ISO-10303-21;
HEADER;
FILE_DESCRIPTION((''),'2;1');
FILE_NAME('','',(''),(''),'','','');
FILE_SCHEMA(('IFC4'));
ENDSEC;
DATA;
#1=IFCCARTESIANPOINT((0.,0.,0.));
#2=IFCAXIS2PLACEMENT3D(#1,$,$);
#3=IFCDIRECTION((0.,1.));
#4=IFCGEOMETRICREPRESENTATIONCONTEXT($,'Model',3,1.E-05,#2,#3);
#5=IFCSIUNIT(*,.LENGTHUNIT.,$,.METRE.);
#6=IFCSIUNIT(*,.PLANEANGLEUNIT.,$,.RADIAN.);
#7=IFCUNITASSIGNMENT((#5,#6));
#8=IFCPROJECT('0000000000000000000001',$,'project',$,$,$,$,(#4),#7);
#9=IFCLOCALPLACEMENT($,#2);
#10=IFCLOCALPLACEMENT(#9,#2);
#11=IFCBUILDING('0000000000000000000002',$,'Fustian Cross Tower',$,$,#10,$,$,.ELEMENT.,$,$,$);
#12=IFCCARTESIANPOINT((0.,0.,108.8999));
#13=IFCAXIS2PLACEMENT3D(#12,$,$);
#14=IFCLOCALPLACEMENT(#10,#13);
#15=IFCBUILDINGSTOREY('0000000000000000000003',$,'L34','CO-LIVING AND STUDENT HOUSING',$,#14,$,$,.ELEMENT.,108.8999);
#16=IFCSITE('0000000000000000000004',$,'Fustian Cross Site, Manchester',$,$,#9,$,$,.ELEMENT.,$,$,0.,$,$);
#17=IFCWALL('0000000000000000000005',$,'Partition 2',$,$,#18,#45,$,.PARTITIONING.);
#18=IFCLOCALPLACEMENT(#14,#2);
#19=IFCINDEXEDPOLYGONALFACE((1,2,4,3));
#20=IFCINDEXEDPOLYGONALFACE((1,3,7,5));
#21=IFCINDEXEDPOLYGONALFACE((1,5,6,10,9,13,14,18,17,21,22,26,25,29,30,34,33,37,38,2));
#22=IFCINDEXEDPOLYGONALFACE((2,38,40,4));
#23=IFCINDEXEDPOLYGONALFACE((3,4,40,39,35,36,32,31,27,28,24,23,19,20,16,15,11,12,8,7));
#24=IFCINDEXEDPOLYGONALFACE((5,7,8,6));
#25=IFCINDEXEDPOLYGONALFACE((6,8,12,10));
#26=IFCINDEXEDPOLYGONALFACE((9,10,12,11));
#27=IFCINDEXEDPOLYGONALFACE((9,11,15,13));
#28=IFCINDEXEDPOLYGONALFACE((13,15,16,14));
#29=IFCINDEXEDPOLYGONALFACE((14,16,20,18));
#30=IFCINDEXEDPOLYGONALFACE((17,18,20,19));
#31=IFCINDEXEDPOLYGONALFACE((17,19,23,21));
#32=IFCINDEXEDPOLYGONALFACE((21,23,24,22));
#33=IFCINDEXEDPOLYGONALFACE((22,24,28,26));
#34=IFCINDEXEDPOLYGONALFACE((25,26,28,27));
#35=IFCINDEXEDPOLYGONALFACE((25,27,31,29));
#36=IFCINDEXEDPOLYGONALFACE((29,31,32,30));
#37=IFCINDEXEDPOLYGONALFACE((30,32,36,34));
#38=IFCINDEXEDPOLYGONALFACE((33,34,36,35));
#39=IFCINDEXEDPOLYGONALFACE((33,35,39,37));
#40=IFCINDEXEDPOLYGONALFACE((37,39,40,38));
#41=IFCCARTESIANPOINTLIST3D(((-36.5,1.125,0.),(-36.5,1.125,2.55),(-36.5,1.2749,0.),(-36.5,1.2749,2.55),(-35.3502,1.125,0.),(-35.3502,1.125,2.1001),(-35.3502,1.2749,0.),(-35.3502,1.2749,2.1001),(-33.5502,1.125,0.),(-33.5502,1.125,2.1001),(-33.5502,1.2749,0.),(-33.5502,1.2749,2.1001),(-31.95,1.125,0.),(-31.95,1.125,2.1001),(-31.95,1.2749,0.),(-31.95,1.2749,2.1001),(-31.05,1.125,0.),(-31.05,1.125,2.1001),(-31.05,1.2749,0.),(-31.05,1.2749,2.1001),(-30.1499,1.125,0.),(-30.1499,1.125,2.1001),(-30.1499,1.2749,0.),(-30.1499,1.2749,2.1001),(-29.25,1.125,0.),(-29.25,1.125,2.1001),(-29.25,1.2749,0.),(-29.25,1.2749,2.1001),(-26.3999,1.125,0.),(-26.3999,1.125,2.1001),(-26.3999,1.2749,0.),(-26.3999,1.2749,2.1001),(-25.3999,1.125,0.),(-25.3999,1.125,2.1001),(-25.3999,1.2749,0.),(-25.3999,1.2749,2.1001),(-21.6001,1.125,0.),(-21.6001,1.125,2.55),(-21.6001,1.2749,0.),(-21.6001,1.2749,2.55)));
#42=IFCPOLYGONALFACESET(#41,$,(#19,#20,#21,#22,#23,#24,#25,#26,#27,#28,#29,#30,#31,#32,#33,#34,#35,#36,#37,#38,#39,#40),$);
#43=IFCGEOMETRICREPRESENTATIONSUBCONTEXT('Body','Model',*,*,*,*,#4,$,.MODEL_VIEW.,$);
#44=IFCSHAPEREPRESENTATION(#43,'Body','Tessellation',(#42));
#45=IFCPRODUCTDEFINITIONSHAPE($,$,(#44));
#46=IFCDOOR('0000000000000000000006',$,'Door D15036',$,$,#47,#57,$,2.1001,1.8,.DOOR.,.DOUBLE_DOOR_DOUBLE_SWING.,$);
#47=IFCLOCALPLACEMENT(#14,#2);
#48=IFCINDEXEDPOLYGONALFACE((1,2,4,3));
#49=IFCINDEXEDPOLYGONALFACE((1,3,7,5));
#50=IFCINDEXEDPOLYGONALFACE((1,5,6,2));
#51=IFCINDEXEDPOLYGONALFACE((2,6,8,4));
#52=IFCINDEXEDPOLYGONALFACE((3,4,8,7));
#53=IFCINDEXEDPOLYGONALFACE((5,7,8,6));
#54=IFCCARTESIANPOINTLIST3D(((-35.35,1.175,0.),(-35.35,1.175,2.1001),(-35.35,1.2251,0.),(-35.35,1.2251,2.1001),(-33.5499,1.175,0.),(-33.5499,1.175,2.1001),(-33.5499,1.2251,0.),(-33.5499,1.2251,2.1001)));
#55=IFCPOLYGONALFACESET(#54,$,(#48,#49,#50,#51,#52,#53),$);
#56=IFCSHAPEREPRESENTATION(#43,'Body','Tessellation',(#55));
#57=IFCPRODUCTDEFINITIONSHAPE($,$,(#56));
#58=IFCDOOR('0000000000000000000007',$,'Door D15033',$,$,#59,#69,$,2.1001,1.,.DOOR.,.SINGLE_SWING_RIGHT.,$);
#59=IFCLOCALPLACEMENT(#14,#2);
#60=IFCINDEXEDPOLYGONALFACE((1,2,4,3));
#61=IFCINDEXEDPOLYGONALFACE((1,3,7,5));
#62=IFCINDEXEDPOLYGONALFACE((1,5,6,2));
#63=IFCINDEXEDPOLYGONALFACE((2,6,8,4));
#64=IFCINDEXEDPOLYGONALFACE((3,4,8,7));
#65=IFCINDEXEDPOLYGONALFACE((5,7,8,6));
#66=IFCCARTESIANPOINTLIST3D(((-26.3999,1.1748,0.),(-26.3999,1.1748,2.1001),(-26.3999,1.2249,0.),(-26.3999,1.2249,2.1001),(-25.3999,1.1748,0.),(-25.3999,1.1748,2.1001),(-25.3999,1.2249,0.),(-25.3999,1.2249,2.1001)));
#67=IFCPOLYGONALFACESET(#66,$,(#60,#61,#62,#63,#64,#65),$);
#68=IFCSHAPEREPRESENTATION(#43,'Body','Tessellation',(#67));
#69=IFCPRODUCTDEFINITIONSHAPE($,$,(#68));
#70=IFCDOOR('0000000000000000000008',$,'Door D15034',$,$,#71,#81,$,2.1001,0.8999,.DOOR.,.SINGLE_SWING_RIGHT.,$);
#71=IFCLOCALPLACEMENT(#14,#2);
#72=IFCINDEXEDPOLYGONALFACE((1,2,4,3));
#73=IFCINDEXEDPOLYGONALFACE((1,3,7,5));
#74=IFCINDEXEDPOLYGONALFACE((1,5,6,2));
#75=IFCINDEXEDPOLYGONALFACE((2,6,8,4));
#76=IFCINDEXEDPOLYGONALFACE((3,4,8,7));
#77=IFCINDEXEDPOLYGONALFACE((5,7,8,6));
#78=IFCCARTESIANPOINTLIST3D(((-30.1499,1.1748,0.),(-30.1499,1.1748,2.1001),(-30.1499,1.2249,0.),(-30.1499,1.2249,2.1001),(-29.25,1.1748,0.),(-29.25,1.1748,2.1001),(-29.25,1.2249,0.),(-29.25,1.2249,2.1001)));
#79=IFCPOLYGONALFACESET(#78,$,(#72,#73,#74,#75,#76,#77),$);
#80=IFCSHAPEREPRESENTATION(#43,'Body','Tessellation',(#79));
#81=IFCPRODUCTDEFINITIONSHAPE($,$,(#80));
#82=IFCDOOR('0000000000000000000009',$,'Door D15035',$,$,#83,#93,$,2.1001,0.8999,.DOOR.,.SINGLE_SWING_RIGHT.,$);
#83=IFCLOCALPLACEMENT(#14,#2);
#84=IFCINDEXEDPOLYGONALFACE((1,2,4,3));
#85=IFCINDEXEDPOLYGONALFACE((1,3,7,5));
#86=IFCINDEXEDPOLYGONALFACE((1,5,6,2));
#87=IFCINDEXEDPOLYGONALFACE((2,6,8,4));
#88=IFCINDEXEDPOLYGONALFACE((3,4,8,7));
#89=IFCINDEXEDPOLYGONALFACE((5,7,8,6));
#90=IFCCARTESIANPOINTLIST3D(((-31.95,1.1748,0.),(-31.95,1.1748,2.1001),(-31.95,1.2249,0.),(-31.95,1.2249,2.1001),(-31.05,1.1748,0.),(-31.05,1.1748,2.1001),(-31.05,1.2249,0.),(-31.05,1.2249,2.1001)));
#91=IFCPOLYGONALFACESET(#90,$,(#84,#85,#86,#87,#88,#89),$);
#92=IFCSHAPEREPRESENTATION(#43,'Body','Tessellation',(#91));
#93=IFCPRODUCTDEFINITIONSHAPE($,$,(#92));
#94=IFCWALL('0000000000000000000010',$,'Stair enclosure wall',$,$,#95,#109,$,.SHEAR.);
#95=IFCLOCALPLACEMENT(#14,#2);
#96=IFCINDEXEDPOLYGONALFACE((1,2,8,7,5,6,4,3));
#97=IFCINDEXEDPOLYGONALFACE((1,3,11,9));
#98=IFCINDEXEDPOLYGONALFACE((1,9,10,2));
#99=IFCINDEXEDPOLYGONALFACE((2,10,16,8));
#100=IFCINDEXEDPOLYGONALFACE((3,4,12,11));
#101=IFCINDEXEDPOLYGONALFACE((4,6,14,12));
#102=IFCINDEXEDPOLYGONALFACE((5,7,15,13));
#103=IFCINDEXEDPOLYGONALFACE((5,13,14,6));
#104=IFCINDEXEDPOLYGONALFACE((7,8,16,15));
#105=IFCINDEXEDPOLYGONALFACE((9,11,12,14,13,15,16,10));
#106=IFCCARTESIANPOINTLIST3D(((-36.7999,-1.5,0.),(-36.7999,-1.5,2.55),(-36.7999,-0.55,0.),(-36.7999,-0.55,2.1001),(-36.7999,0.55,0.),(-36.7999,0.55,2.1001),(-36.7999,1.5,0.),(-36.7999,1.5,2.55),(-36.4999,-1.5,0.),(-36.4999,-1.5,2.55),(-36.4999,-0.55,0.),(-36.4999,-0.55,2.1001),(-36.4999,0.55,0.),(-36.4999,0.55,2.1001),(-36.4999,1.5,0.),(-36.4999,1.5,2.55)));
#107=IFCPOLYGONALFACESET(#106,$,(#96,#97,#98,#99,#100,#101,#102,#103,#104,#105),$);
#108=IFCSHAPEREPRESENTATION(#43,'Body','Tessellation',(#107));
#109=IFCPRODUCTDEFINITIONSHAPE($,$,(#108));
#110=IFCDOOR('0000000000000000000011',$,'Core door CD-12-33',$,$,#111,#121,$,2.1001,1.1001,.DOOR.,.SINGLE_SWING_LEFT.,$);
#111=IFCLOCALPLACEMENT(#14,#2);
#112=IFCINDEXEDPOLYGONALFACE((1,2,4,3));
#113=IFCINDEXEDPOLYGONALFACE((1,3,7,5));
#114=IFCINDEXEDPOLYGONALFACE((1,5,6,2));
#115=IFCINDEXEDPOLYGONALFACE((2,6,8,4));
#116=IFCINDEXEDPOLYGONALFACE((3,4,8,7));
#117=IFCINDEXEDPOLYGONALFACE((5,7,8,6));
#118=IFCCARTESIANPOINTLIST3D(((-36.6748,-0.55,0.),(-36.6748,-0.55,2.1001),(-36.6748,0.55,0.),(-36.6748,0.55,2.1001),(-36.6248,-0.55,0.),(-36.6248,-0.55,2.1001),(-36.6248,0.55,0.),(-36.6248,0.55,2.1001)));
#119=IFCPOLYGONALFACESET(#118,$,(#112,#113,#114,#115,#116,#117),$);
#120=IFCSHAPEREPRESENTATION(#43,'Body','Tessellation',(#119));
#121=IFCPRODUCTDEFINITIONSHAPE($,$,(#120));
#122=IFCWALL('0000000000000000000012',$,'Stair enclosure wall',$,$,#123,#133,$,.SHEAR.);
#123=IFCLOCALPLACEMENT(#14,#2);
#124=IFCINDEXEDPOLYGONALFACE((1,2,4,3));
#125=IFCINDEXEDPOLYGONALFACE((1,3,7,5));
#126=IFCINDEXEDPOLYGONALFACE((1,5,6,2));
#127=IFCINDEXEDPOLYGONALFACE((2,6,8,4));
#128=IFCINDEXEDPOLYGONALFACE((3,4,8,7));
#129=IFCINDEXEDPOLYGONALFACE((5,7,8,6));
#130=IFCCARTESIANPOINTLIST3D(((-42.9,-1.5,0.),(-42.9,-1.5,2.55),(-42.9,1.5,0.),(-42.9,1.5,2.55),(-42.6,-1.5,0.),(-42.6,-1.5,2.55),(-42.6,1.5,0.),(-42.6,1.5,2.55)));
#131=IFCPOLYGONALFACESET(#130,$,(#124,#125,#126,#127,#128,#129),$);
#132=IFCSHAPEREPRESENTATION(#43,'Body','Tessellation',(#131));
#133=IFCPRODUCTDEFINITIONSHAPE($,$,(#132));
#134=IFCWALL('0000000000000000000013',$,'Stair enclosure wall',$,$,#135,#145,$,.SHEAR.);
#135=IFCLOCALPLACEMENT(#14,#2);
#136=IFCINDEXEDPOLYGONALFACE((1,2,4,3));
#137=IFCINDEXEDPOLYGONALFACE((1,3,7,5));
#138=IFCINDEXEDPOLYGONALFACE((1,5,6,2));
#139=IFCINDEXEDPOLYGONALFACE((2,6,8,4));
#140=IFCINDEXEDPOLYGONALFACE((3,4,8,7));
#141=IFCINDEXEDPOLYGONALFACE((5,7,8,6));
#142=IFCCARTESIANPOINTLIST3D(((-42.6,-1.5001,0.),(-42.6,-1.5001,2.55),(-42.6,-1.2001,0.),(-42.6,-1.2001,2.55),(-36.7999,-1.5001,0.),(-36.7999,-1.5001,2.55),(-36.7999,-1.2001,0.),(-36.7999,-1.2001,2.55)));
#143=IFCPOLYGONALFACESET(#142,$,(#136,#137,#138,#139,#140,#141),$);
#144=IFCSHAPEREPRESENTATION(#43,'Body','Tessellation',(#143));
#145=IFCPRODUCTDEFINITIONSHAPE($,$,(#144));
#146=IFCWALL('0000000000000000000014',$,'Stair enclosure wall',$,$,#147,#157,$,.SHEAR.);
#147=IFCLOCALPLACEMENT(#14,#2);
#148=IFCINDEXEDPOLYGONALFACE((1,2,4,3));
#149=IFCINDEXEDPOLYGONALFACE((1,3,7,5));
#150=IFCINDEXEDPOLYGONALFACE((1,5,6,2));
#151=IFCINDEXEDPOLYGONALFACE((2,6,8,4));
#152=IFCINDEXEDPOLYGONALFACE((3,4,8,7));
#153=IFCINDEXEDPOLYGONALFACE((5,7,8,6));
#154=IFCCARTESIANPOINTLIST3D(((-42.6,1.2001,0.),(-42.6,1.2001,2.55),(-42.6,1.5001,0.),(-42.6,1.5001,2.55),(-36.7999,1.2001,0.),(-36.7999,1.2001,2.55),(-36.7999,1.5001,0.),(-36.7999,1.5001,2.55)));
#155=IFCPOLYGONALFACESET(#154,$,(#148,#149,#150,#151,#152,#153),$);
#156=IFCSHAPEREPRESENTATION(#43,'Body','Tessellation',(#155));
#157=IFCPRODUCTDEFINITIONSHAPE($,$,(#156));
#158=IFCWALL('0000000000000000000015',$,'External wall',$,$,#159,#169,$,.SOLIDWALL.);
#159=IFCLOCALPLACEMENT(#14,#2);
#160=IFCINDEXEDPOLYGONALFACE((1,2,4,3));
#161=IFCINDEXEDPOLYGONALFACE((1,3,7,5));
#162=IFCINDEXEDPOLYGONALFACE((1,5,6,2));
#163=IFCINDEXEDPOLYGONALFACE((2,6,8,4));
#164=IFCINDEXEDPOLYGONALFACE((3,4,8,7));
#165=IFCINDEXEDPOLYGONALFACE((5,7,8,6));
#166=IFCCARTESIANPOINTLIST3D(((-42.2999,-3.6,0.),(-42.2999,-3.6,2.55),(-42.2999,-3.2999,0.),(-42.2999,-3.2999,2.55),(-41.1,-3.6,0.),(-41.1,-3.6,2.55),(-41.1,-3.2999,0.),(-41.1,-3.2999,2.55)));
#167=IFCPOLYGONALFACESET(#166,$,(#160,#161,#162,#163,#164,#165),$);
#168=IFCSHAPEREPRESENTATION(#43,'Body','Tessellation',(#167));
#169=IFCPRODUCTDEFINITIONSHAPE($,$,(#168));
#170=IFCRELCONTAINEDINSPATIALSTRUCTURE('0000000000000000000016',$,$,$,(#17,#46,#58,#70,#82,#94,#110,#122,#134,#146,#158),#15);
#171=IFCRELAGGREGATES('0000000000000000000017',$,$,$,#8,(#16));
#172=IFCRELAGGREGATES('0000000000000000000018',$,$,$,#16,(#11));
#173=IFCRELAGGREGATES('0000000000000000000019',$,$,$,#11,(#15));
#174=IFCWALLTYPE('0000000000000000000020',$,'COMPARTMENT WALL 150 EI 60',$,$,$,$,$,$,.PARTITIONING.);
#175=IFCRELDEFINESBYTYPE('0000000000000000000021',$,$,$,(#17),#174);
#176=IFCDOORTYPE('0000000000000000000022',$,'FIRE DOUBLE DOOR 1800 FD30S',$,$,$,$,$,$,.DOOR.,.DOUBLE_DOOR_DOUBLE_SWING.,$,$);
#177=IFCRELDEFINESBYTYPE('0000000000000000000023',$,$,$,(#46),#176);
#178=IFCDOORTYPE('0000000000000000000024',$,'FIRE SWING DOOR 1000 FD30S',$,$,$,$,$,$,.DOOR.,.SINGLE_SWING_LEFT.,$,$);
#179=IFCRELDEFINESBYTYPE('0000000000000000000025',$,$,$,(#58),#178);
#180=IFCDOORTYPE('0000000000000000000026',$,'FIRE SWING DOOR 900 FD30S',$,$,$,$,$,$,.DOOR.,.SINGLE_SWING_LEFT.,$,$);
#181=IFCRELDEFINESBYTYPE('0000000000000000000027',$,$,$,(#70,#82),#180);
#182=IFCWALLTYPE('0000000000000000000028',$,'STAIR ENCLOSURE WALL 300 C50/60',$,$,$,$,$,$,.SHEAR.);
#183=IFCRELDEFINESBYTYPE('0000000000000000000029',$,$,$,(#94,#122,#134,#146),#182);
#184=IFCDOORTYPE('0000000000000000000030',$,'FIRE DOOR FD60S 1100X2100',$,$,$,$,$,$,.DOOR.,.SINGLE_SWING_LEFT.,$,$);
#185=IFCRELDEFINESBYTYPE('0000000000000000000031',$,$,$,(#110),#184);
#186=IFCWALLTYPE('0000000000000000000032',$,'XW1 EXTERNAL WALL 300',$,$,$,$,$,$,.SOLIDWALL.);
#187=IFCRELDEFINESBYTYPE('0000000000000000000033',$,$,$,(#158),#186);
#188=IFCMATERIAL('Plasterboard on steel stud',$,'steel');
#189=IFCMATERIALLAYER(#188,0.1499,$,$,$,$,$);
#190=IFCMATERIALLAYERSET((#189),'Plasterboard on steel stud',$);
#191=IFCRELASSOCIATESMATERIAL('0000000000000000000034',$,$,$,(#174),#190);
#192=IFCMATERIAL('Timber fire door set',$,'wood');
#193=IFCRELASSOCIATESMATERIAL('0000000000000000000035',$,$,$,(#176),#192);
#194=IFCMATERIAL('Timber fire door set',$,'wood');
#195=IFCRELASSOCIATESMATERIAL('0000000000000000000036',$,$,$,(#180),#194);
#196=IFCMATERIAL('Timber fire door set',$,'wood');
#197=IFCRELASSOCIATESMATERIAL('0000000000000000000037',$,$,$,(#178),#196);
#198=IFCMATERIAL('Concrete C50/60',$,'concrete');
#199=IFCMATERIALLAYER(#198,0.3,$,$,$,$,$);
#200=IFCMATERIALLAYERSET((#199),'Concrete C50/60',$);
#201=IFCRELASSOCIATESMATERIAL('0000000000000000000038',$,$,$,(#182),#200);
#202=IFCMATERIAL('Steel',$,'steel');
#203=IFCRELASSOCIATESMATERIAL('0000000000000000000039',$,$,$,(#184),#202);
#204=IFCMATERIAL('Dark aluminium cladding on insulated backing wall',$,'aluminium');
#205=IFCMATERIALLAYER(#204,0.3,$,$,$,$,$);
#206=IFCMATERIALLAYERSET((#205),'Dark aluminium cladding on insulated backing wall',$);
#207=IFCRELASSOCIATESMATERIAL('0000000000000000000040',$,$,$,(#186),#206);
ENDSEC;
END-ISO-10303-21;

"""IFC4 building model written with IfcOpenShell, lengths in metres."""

from ifc_helpers import new_model, si_unit, direction, frame, frame_2d, origin, place, context, subcontext, project, spatial, rectangle, extrude, material, layer, layer_set, type_object, element, fill, save


model = new_model("IFC4")

# Units and contexts
model_context = context("Model", 3, precision=1e-05, world=origin(), true_north=direction((0.0, 1.0)))
body_context = subcontext(model_context, "Body", "Model", "MODEL_VIEW")
ifc_project = project(units=[si_unit("LENGTHUNIT", "METRE"), si_unit("PLANEANGLEUNIT", "RADIAN")], contexts=[model_context])

# Site, building, storey
site_placement = place(None, origin())
site = spatial("IfcSite", under=ifc_project, at=site_placement, Name="Fustian Cross Site, Manchester", CompositionType="ELEMENT", RefElevation=0.0)
building_placement = place(site_placement, origin())
building = spatial("IfcBuilding", under=site, at=building_placement, Name="Fustian Cross Tower", CompositionType="ELEMENT")
storey_placement = place(building_placement, frame((0.0, 0.0, 108.8999)))
storey = spatial("IfcBuildingStorey", under=building, at=storey_placement, Name="L34", Description="CO-LIVING AND STUDENT HOUSING", CompositionType="ELEMENT", Elevation=108.8999)

# Wall, openings, doors
ifc_material_1 = material(Name="Plasterboard on steel stud", Category="steel")
ifc_layer_1 = layer(ifc_material_1, 0.1499)
ifc_layer_set_1 = layer_set([ifc_layer_1], Name="Plasterboard on steel stud")
wall_type_1 = type_object("IfcWallType", Name="COMPARTMENT WALL 150 EI 60", PredefinedType="PARTITIONING", material=ifc_layer_set_1)
ifc_material_2 = material(Name="Timber fire door set", Category="wood")
door_type_1 = type_object("IfcDoorType", Name="FIRE DOUBLE DOOR 1800 FD30S", OperationType="DOUBLE_DOOR_DOUBLE_SWING", PredefinedType="DOOR", material=ifc_material_2)
ifc_material_3 = material(Name="Timber fire door set", Category="wood")
door_type_2 = type_object("IfcDoorType", Name="FIRE SWING DOOR 900 FD30S", OperationType="SINGLE_SWING_LEFT", PredefinedType="DOOR", material=ifc_material_3)
wall_1_placement = place(storey_placement, frame((-36.5, 1.2, 0.0), z_axis=(0.0, 0.0, 1.0), x_axis=(1.0, 0.0, 0.0)))
wall_1 = element("IfcWall", 1, at=wall_1_placement, inside=storey, type_object=wall_type_1, Name="Partition 2", PredefinedType="PARTITIONING", context=body_context, shape_type="SweptSolid", body=[
    extrude(rectangle(XDim=14.8999, YDim=0.1499, at=frame_2d((7.45, 0.0))), origin(), (0.0, 0.0, 1.0), 2.55),
])
opening_1_placement = place(wall_1_placement, frame((10.1001, 0.0, 0.0)))
opening_1 = element("IfcOpeningElement", 2, at=opening_1_placement, cuts=wall_1, PredefinedType="OPENING", context=body_context, shape_type="SweptSolid", body=[
    extrude(rectangle(XDim=1.0, YDim=2.1001, at=frame_2d((0.5, 1.05))), frame((0.0, 0.085, 0.0), z_axis=(0.0, -1.0, 0.0), x_axis=(1.0, 0.0, 0.0)), (0.0, 0.0, 1.0), 0.1699),
])
opening_2_placement = place(wall_1_placement, frame((6.3501, 0.0, 0.0)))
opening_2 = element("IfcOpeningElement", 3, at=opening_2_placement, cuts=wall_1, PredefinedType="OPENING", context=body_context, shape_type="SweptSolid", body=[
    extrude(rectangle(XDim=0.8999, YDim=2.1001, at=frame_2d((0.45, 1.05))), frame((0.0, 0.085, 0.0), z_axis=(0.0, -1.0, 0.0), x_axis=(1.0, 0.0, 0.0)), (0.0, 0.0, 1.0), 0.1699),
])
opening_3_placement = place(wall_1_placement, frame((4.55, 0.0, 0.0)))
opening_3 = element("IfcOpeningElement", 4, at=opening_3_placement, cuts=wall_1, PredefinedType="OPENING", context=body_context, shape_type="SweptSolid", body=[
    extrude(rectangle(XDim=0.8999, YDim=2.1001, at=frame_2d((0.45, 1.05))), frame((0.0, 0.085, 0.0), z_axis=(0.0, -1.0, 0.0), x_axis=(1.0, 0.0, 0.0)), (0.0, 0.0, 1.0), 0.1699),
])
opening_4_placement = place(wall_1_placement, frame((1.1499, 0.0, 0.0)))
opening_4 = element("IfcOpeningElement", 5, at=opening_4_placement, cuts=wall_1, PredefinedType="OPENING", context=body_context, shape_type="SweptSolid", body=[
    extrude(rectangle(XDim=1.8, YDim=2.1001, at=frame_2d((0.8999, 1.05))), frame((0.0, 0.085, 0.0), z_axis=(0.0, -1.0, 0.0), x_axis=(1.0, 0.0, 0.0)), (0.0, 0.0, 1.0), 0.1699),
])
door_1_placement = place(opening_4_placement, frame((1.8, 0.0, 0.0), z_axis=(0.0, 0.0, 1.0), x_axis=(-1.0, 0.0, 0.0)))
door_1 = element("IfcDoor", 6, at=door_1_placement, inside=storey, type_object=door_type_1, Name="Door D15036", OperationType="DOUBLE_DOOR_DOUBLE_SWING", OverallHeight=2.1001, OverallWidth=1.8, PredefinedType="DOOR", context=body_context, shape_type="SweptSolid", body=[
    extrude(rectangle(XDim=1.8, YDim=2.1001, at=frame_2d((0.8999, 1.05))), frame((0.0, 0.0249, 0.0), z_axis=(0.0, -1.0, 0.0), x_axis=(1.0, 0.0, 0.0)), (0.0, 0.0, 1.0), 0.05),
])
fill(opening_4, door_1)
ifc_material_4 = material(Name="Timber fire door set", Category="wood")
door_type_3 = type_object("IfcDoorType", Name="FIRE SWING DOOR 1000 FD30S", OperationType="SINGLE_SWING_LEFT", PredefinedType="DOOR", material=ifc_material_4)
door_2_placement = place(opening_1_placement, origin())
door_2 = element("IfcDoor", 7, at=door_2_placement, inside=storey, type_object=door_type_3, Name="Door D15033", OperationType="SINGLE_SWING_RIGHT", OverallHeight=2.1001, OverallWidth=1.0, PredefinedType="DOOR", context=body_context, shape_type="SweptSolid", body=[
    extrude(rectangle(XDim=1.0, YDim=2.1001, at=frame_2d((0.5, 1.05))), frame((0.0, 0.0249, 0.0), z_axis=(0.0, -1.0, 0.0), x_axis=(1.0, 0.0, 0.0)), (0.0, 0.0, 1.0), 0.05),
])
fill(opening_1, door_2)
door_3_placement = place(opening_2_placement, origin())
door_3 = element("IfcDoor", 8, at=door_3_placement, inside=storey, type_object=door_type_2, Name="Door D15034", OperationType="SINGLE_SWING_RIGHT", OverallHeight=2.1001, OverallWidth=0.8999, PredefinedType="DOOR", context=body_context, shape_type="SweptSolid", body=[
    extrude(rectangle(XDim=0.8999, YDim=2.1001, at=frame_2d((0.45, 1.05))), frame((0.0, 0.0249, 0.0), z_axis=(0.0, -1.0, 0.0), x_axis=(1.0, 0.0, 0.0)), (0.0, 0.0, 1.0), 0.05),
])
fill(opening_2, door_3)
door_4_placement = place(opening_3_placement, origin())
door_4 = element("IfcDoor", 9, at=door_4_placement, inside=storey, type_object=door_type_2, Name="Door D15035", OperationType="SINGLE_SWING_RIGHT", OverallHeight=2.1001, OverallWidth=0.8999, PredefinedType="DOOR", context=body_context, shape_type="SweptSolid", body=[
    extrude(rectangle(XDim=0.8999, YDim=2.1001, at=frame_2d((0.45, 1.05))), frame((0.0, 0.0249, 0.0), z_axis=(0.0, -1.0, 0.0), x_axis=(1.0, 0.0, 0.0)), (0.0, 0.0, 1.0), 0.05),
])
fill(opening_3, door_4)

# Wall, opening, door
ifc_material_5 = material(Name="Concrete C50/60", Category="concrete")
ifc_layer_2 = layer(ifc_material_5, 0.3)
ifc_layer_set_2 = layer_set([ifc_layer_2], Name="Concrete C50/60")
wall_type_2 = type_object("IfcWallType", Name="STAIR ENCLOSURE WALL 300 C50/60", PredefinedType="SHEAR", material=ifc_layer_set_2)
wall_2_placement = place(storey_placement, frame((-36.6499, -1.5, 0.0), z_axis=(0.0, 0.0, 1.0), x_axis=(0.0, 1.0, 0.0)))
wall_2 = element("IfcWall", 10, at=wall_2_placement, inside=storey, type_object=wall_type_2, Name="Stair enclosure wall", PredefinedType="SHEAR", context=body_context, shape_type="SweptSolid", body=[
    extrude(rectangle(XDim=3.0, YDim=0.3, at=frame_2d((1.5, 0.0))), origin(), (0.0, 0.0, 1.0), 2.55),
])
opening_5_placement = place(wall_2_placement, frame((0.95, 0.0, 0.0)))
opening_5 = element("IfcOpeningElement", 11, at=opening_5_placement, cuts=wall_2, PredefinedType="OPENING", context=body_context, shape_type="SweptSolid", body=[
    extrude(rectangle(XDim=1.1001, YDim=2.1001, at=frame_2d((0.55, 1.05))), frame((0.0, 0.1599, 0.0), z_axis=(0.0, -1.0, 0.0), x_axis=(1.0, 0.0, 0.0)), (0.0, 0.0, 1.0), 0.3201),
])
ifc_material_6 = material(Name="Steel", Category="steel")
door_type_4 = type_object("IfcDoorType", Name="FIRE DOOR FD60S 1100X2100", OperationType="SINGLE_SWING_LEFT", PredefinedType="DOOR", material=ifc_material_6)
door_5_placement = place(opening_5_placement, origin())
door_5 = element("IfcDoor", 12, at=door_5_placement, inside=storey, type_object=door_type_4, Name="Core door CD-12-33", OperationType="SINGLE_SWING_LEFT", OverallHeight=2.1001, OverallWidth=1.1001, PredefinedType="DOOR", context=body_context, shape_type="SweptSolid", body=[
    extrude(rectangle(XDim=1.1001, YDim=2.1001, at=frame_2d((0.55, 1.05))), frame((0.0, 0.0249, 0.0), z_axis=(0.0, -1.0, 0.0), x_axis=(1.0, 0.0, 0.0)), (0.0, 0.0, 1.0), 0.05),
])
fill(opening_5, door_5)

# Walls
wall_3_placement = place(storey_placement, frame((-42.75, -1.5, 0.0), z_axis=(0.0, 0.0, 1.0), x_axis=(0.0, 1.0, 0.0)))
element("IfcWall", 13, at=wall_3_placement, inside=storey, type_object=wall_type_2, Name="Stair enclosure wall", PredefinedType="SHEAR", context=body_context, shape_type="SweptSolid", body=[
    extrude(rectangle(XDim=3.0, YDim=0.3, at=frame_2d((1.5, 0.0))), origin(), (0.0, 0.0, 1.0), 2.55),
])
for number, where, z_axis, x_axis, name in (
    (14, (-36.8, -1.3501, 0.0), (0.0, 0.0, 1.0), (-1.0, 0.0, 0.0), "Stair enclosure wall"),
    (15, (-36.8, 1.3501, 0.0), (0.0, 0.0, 1.0), (-1.0, 0.0, 0.0), "Stair enclosure wall"),
):
    element("IfcWall", number, at=place(storey_placement, frame(where, z_axis=z_axis, x_axis=x_axis)), inside=storey, type_object=wall_type_2, Name=name, PredefinedType="SHEAR", context=body_context, shape_type="SweptSolid", body=[
        extrude(rectangle(XDim=5.8, YDim=0.3, at=frame_2d((2.8999, 0.0))), origin(), (0.0, 0.0, 1.0), 2.55),
    ])
ifc_material_7 = material(Name="Dark aluminium cladding on insulated backing wall", Category="aluminium")
ifc_layer_3 = layer(ifc_material_7, 0.3)
ifc_layer_set_3 = layer_set([ifc_layer_3], Name="Dark aluminium cladding on insulated backing wall")
wall_type_3 = type_object("IfcWallType", Name="XW1 EXTERNAL WALL 300", PredefinedType="SOLIDWALL", material=ifc_layer_set_3)
wall_4_placement = place(storey_placement, frame((-42.3, -3.45, 0.0), z_axis=(0.0, 0.0, 1.0), x_axis=(1.0, 0.0, 0.0)))
element("IfcWall", 16, at=wall_4_placement, inside=storey, type_object=wall_type_3, Name="External wall", PredefinedType="SOLIDWALL", context=body_context, shape_type="SweptSolid", body=[
    extrude(rectangle(XDim=1.2, YDim=0.3, at=frame_2d((0.6001, 0.0))), origin(), (0.0, 0.0, 1.0), 2.55),
])

save(model, "model.ifc")
